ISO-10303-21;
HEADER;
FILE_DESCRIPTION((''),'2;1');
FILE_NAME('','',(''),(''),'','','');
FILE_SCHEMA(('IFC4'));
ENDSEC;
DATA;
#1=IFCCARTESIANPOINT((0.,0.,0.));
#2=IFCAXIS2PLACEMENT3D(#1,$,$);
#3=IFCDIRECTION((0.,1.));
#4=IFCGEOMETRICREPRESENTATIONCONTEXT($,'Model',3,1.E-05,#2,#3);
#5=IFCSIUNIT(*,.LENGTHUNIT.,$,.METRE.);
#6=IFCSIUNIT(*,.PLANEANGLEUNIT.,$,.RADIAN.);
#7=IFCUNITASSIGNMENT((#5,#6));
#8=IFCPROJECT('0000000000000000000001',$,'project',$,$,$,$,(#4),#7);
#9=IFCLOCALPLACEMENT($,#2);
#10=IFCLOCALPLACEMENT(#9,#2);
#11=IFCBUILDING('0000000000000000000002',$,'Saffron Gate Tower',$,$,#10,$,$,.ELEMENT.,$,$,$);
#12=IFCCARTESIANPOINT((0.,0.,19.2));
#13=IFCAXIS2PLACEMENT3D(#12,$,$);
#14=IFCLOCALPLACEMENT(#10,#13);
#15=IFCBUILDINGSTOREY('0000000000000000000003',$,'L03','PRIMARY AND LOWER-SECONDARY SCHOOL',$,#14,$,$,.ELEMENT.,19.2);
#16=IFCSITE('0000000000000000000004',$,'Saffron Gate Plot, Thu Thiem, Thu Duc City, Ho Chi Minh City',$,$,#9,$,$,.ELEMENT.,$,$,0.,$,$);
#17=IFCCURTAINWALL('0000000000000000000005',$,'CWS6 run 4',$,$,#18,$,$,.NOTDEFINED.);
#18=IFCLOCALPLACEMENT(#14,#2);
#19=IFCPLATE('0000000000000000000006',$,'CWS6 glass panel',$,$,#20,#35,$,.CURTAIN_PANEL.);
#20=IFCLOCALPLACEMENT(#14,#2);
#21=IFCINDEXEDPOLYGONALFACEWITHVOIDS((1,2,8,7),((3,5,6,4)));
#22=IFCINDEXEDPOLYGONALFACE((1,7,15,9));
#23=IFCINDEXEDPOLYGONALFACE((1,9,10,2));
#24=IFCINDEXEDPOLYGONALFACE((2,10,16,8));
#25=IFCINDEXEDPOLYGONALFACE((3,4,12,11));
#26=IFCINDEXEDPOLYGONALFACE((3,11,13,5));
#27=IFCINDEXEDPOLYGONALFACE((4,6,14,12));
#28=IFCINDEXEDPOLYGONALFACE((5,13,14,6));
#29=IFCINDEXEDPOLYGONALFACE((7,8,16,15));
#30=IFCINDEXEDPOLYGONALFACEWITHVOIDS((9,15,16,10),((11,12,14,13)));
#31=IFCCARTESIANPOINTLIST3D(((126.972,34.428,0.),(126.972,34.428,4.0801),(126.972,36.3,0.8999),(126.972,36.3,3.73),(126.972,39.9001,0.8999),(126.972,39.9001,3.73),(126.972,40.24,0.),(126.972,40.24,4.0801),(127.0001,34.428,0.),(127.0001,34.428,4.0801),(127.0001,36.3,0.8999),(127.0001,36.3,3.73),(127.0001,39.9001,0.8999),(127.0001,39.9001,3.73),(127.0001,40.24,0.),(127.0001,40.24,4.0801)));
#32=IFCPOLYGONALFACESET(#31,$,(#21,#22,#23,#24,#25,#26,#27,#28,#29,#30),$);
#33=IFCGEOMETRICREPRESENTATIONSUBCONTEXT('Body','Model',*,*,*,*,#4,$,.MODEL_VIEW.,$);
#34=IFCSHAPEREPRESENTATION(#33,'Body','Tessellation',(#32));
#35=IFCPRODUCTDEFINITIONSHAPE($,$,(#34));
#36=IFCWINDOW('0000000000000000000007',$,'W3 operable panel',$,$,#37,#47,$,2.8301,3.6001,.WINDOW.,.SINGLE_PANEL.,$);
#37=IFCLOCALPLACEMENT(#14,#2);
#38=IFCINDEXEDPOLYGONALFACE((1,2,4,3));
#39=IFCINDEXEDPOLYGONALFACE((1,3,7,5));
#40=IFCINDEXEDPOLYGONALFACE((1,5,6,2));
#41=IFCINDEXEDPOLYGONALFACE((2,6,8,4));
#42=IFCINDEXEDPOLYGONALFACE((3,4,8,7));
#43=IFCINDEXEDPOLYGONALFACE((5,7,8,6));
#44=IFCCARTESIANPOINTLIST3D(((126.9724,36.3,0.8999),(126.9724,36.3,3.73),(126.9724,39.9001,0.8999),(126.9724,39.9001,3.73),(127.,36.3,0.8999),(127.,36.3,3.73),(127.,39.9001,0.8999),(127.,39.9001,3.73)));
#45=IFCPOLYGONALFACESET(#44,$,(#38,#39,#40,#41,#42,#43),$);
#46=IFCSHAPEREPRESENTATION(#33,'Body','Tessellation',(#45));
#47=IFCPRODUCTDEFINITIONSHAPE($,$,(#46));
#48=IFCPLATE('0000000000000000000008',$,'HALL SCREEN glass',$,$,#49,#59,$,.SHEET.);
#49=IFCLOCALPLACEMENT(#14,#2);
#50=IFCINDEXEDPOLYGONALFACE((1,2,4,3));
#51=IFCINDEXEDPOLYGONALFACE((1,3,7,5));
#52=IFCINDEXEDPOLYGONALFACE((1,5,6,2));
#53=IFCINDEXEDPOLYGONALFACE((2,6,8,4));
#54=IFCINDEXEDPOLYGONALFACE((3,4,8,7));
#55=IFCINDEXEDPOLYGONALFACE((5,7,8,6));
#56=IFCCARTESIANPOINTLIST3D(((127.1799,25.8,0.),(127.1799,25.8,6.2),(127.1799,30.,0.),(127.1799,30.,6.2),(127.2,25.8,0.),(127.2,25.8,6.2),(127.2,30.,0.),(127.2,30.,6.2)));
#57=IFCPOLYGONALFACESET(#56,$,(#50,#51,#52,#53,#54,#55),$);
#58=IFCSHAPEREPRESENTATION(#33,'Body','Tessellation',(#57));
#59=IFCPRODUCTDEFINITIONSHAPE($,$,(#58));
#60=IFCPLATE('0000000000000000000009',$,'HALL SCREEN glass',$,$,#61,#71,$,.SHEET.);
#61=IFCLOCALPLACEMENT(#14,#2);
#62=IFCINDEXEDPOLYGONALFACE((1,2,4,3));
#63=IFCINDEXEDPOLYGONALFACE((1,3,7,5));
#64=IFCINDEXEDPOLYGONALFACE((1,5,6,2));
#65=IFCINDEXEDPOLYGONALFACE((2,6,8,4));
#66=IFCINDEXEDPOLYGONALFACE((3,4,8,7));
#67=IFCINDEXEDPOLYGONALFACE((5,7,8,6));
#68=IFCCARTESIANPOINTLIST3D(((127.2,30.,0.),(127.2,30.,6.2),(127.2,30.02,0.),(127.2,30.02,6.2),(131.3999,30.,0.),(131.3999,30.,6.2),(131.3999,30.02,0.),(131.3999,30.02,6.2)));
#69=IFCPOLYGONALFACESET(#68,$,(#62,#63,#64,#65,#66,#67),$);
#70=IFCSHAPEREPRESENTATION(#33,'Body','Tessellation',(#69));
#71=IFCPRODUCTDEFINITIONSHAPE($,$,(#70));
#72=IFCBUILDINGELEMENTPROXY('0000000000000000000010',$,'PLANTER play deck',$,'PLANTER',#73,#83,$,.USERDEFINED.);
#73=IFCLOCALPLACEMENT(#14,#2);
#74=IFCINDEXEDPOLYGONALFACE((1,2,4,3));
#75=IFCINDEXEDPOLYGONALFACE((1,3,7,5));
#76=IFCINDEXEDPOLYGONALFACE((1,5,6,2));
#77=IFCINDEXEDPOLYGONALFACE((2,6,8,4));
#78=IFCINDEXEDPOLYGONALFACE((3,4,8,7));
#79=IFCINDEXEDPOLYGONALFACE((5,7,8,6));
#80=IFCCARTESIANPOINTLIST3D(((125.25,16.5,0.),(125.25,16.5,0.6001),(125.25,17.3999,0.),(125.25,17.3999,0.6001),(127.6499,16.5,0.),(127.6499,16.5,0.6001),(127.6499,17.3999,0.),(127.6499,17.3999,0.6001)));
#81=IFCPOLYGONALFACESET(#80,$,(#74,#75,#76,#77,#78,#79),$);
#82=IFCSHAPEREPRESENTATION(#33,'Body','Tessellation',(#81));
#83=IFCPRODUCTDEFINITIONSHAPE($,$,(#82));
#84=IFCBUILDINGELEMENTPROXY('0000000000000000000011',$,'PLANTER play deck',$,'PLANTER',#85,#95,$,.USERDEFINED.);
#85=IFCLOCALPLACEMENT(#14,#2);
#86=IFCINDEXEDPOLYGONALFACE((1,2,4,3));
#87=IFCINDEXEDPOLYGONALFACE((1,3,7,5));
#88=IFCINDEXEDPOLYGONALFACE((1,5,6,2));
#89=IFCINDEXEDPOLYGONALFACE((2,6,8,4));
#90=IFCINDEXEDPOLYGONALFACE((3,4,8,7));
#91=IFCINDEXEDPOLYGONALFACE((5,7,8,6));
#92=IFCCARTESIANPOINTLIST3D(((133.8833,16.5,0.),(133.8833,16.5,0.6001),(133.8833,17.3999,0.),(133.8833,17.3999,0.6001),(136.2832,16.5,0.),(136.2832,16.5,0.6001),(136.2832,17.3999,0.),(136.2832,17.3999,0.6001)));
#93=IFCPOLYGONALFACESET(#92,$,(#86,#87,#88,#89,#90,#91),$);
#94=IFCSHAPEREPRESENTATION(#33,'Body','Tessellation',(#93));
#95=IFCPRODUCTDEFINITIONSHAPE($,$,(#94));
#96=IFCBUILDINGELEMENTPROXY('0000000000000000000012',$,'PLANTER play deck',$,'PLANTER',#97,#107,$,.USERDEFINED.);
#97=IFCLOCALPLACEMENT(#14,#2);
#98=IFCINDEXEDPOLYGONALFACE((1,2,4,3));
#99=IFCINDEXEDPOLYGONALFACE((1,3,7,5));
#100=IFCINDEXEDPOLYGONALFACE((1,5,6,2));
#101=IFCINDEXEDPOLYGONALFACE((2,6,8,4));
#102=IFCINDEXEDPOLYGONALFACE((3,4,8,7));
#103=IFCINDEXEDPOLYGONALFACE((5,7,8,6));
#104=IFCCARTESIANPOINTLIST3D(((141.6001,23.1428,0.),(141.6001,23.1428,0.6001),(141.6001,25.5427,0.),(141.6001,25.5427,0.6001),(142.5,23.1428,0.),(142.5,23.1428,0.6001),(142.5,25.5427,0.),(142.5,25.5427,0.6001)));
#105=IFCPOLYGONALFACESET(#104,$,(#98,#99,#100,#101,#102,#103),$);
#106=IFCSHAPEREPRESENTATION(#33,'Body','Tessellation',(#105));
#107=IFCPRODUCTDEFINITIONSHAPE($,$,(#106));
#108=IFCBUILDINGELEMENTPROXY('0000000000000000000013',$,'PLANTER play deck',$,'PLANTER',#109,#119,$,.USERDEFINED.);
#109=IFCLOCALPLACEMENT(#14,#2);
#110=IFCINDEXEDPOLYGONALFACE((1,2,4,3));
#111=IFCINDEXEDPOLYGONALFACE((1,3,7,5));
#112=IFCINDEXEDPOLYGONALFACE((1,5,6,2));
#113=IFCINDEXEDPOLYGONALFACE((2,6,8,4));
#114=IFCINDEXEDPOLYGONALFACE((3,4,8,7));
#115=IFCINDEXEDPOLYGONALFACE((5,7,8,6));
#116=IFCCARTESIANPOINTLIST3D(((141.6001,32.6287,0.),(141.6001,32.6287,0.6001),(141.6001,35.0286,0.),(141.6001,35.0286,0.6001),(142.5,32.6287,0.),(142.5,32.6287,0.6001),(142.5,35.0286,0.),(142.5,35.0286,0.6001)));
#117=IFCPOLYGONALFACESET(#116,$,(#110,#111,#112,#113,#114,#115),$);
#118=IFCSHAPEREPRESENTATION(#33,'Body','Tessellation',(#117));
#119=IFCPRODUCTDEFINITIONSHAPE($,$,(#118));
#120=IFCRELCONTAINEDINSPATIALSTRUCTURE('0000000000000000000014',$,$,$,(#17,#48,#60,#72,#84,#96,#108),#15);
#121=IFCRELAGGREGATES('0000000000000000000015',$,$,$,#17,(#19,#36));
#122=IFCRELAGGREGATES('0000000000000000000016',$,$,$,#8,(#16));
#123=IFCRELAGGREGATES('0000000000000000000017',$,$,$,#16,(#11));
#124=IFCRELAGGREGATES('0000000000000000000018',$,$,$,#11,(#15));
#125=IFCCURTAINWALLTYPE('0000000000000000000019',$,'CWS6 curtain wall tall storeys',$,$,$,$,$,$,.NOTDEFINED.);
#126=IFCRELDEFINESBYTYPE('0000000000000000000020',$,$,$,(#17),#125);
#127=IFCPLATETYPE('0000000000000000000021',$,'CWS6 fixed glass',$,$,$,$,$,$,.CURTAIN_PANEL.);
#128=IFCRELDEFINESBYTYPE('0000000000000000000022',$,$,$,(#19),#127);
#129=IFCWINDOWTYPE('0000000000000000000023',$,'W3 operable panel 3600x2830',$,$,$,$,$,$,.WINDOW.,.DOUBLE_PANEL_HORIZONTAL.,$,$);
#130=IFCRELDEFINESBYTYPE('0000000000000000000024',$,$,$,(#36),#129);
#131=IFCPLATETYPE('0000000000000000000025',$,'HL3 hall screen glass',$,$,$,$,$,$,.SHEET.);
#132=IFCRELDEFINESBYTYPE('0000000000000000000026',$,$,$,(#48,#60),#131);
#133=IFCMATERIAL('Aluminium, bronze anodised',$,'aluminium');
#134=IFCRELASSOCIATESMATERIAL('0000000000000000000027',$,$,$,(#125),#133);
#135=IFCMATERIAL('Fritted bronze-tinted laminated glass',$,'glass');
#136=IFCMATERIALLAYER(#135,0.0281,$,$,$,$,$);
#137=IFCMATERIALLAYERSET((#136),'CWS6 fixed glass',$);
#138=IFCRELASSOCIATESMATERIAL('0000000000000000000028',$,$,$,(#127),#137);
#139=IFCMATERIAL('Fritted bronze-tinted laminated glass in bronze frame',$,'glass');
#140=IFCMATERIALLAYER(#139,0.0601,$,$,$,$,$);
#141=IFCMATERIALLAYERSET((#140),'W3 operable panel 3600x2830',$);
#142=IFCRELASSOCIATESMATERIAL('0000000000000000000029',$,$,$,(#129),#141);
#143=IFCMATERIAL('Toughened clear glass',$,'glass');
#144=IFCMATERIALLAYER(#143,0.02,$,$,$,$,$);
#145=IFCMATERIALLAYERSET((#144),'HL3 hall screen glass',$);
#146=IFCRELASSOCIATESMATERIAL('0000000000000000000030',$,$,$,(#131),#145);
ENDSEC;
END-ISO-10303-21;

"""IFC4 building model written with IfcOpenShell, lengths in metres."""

from ifc_helpers import new_model, si_unit, direction, frame, frame_2d, origin, origin_2d, place, context, subcontext, project, spatial, polyline, rectangle, outline, extrude, material, layer, layer_set, type_object, element, fill, aggregate, save


model = new_model("IFC4")

# Units and contexts
model_context = context("Model", 3, precision=1e-05, world=origin(), true_north=direction((0.0, 1.0)))
body_context = subcontext(model_context, "Body", "Model", "MODEL_VIEW")
ifc_project = project(units=[si_unit("LENGTHUNIT", "METRE"), si_unit("PLANEANGLEUNIT", "RADIAN")], contexts=[model_context])

# Site, building, storey
site_placement = place(None, origin())
site = spatial("IfcSite", under=ifc_project, at=site_placement, Name="Saffron Gate Plot, Thu Thiem, Thu Duc City, Ho Chi Minh City", CompositionType="ELEMENT", RefElevation=0.0)
building_placement = place(site_placement, origin())
building = spatial("IfcBuilding", under=site, at=building_placement, Name="Saffron Gate Tower", CompositionType="ELEMENT")
storey_placement = place(building_placement, frame((0.0, 0.0, 19.2)))
storey = spatial("IfcBuildingStorey", under=building, at=storey_placement, Name="L03", Description="PRIMARY AND LOWER-SECONDARY SCHOOL", CompositionType="ELEMENT", Elevation=19.2)

# Shared definitions
ifc_material_1 = material(Name="Aluminium, bronze anodised", Category="aluminium")
curtain_wall_type = type_object("IfcCurtainWallType", Name="CWS6 curtain wall tall storeys", PredefinedType="NOTDEFINED", material=ifc_material_1)

# Curtain wall
curtain_wall_1_placement = place(storey_placement, origin())
curtain_wall_1 = element("IfcCurtainWall", 1, at=curtain_wall_1_placement, inside=storey, type_object=curtain_wall_type, Name="CWS6 run 4", PredefinedType="NOTDEFINED")

# Shared definitions
ifc_material_2 = material(Name="Fritted bronze-tinted laminated glass", Category="glass")
ifc_layer_1 = layer(ifc_material_2, 0.0281)
ifc_layer_set_1 = layer_set([ifc_layer_1], Name="CWS6 fixed glass")
plate_type_1 = type_object("IfcPlateType", Name="CWS6 fixed glass", PredefinedType="CURTAIN_PANEL", material=ifc_layer_set_1)

# Plate, opening, window
plate_1_placement = place(storey_placement, frame((126.9861, 34.428, 0.0), z_axis=(0.0, 0.0, 1.0), x_axis=(0.0, 1.0, 0.0)))
plate_1 = element("IfcPlate", 2, at=plate_1_placement, type_object=plate_type_1, Name="CWS6 glass panel", PredefinedType="CURTAIN_PANEL", context=body_context, shape_type="SweptSolid", body=[
    extrude(rectangle(XDim=5.812, YDim=0.0281, at=frame_2d((2.906, 0.0))), origin(), (0.0, 0.0, 1.0), 4.0801),
])
opening_placement = place(plate_1_placement, frame((1.8721, 0.0, 0.8999)))
opening = element("IfcOpeningElement", 3, at=opening_placement, cuts=plate_1, PredefinedType="OPENING", context=body_context, shape_type="SweptSolid", body=[
    extrude(rectangle(XDim=3.6001, YDim=2.8301, at=frame_2d((1.8, 1.415))), frame((0.0, 0.0239, 0.0), z_axis=(0.0, -1.0, 0.0), x_axis=(1.0, 0.0, 0.0)), (0.0, 0.0, 1.0), 0.0481),
])
ifc_material_3 = material(Name="Fritted bronze-tinted laminated glass in bronze frame", Category="glass")
ifc_layer_2 = layer(ifc_material_3, 0.0601)
ifc_layer_set_2 = layer_set([ifc_layer_2], Name="W3 operable panel 3600x2830")
window_type = type_object("IfcWindowType", Name="W3 operable panel 3600x2830", PartitioningType="DOUBLE_PANEL_HORIZONTAL", PredefinedType="WINDOW", material=ifc_layer_set_2)
window_placement = place(opening_placement, origin())
window = element("IfcWindow", 4, at=window_placement, type_object=window_type, Name="W3 operable panel", OverallHeight=2.8301, OverallWidth=3.6001, PartitioningType="SINGLE_PANEL", PredefinedType="WINDOW", context=body_context, shape_type="SweptSolid", body=[
    extrude(rectangle(XDim=3.6001, YDim=2.8301, at=frame_2d((1.8, 1.415))), frame((0.0, 0.0137, 0.0), z_axis=(0.0, -1.0, 0.0), x_axis=(1.0, 0.0, 0.0)), (0.0, 0.0, 1.0), 0.0276),
])
fill(opening, window)
aggregate(curtain_wall_1, [plate_1, window])

# Plates
ifc_material_4 = material(Name="Toughened clear glass", Category="glass")
ifc_layer_3 = layer(ifc_material_4, 0.02)
ifc_layer_set_3 = layer_set([ifc_layer_3], Name="HL3 hall screen glass")
plate_type_2 = type_object("IfcPlateType", Name="HL3 hall screen glass", PredefinedType="SHEET", material=ifc_layer_set_3)
for number, where, z_axis, x_axis, name in (
    (5, (127.2, 25.8, 0.0), (1.0, 0.0, 0.0), (0.0, 1.0, 0.0), "HALL SCREEN glass"),
    (6, (127.2, 30.0, 0.0), (0.0, -1.0, 0.0), (1.0, 0.0, 0.0), "HALL SCREEN glass"),
):
    element("IfcPlate", number, at=place(storey_placement, frame(where, z_axis=z_axis, x_axis=x_axis)), inside=storey, type_object=plate_type_2, Name=name, PredefinedType="SHEET", context=body_context, shape_type="SweptSolid", body=[
        extrude(outline(polyline([(0.0, 0.0), (4.2, 0.0), (4.2, 6.2), (0.0, 6.2), (0.0, 0.0)])), origin(), (0.0, 0.0, -1.0), 0.02),
    ])

# Building element proxies
for number, where, z_axis, x_axis, name in (
    (7, (126.45, 16.95, 0.0), (0.0, 0.0, 1.0), (1.0, 0.0, 0.0), "PLANTER play deck"),
    (8, (135.0833, 16.95, 0.0), (0.0, 0.0, 1.0), (1.0, 0.0, 0.0), "PLANTER play deck"),
    (9, (142.05, 24.3428, 0.0), (0.0, 0.0, 1.0), (0.0, 1.0, 0.0), "PLANTER play deck"),
    (10, (142.05, 33.8286, 0.0), (0.0, 0.0, 1.0), (0.0, 1.0, 0.0), "PLANTER play deck"),
):
    element("IfcBuildingElementProxy", number, at=place(storey_placement, frame(where, z_axis=z_axis, x_axis=x_axis)), inside=storey, Name=name, ObjectType="PLANTER", PredefinedType="USERDEFINED", context=body_context, shape_type="SweptSolid", body=[
        extrude(rectangle(XDim=2.3999, YDim=0.8999, at=origin_2d()), origin(), (0.0, 0.0, 1.0), 0.6001),
    ])

save(model, "model.ifc")
